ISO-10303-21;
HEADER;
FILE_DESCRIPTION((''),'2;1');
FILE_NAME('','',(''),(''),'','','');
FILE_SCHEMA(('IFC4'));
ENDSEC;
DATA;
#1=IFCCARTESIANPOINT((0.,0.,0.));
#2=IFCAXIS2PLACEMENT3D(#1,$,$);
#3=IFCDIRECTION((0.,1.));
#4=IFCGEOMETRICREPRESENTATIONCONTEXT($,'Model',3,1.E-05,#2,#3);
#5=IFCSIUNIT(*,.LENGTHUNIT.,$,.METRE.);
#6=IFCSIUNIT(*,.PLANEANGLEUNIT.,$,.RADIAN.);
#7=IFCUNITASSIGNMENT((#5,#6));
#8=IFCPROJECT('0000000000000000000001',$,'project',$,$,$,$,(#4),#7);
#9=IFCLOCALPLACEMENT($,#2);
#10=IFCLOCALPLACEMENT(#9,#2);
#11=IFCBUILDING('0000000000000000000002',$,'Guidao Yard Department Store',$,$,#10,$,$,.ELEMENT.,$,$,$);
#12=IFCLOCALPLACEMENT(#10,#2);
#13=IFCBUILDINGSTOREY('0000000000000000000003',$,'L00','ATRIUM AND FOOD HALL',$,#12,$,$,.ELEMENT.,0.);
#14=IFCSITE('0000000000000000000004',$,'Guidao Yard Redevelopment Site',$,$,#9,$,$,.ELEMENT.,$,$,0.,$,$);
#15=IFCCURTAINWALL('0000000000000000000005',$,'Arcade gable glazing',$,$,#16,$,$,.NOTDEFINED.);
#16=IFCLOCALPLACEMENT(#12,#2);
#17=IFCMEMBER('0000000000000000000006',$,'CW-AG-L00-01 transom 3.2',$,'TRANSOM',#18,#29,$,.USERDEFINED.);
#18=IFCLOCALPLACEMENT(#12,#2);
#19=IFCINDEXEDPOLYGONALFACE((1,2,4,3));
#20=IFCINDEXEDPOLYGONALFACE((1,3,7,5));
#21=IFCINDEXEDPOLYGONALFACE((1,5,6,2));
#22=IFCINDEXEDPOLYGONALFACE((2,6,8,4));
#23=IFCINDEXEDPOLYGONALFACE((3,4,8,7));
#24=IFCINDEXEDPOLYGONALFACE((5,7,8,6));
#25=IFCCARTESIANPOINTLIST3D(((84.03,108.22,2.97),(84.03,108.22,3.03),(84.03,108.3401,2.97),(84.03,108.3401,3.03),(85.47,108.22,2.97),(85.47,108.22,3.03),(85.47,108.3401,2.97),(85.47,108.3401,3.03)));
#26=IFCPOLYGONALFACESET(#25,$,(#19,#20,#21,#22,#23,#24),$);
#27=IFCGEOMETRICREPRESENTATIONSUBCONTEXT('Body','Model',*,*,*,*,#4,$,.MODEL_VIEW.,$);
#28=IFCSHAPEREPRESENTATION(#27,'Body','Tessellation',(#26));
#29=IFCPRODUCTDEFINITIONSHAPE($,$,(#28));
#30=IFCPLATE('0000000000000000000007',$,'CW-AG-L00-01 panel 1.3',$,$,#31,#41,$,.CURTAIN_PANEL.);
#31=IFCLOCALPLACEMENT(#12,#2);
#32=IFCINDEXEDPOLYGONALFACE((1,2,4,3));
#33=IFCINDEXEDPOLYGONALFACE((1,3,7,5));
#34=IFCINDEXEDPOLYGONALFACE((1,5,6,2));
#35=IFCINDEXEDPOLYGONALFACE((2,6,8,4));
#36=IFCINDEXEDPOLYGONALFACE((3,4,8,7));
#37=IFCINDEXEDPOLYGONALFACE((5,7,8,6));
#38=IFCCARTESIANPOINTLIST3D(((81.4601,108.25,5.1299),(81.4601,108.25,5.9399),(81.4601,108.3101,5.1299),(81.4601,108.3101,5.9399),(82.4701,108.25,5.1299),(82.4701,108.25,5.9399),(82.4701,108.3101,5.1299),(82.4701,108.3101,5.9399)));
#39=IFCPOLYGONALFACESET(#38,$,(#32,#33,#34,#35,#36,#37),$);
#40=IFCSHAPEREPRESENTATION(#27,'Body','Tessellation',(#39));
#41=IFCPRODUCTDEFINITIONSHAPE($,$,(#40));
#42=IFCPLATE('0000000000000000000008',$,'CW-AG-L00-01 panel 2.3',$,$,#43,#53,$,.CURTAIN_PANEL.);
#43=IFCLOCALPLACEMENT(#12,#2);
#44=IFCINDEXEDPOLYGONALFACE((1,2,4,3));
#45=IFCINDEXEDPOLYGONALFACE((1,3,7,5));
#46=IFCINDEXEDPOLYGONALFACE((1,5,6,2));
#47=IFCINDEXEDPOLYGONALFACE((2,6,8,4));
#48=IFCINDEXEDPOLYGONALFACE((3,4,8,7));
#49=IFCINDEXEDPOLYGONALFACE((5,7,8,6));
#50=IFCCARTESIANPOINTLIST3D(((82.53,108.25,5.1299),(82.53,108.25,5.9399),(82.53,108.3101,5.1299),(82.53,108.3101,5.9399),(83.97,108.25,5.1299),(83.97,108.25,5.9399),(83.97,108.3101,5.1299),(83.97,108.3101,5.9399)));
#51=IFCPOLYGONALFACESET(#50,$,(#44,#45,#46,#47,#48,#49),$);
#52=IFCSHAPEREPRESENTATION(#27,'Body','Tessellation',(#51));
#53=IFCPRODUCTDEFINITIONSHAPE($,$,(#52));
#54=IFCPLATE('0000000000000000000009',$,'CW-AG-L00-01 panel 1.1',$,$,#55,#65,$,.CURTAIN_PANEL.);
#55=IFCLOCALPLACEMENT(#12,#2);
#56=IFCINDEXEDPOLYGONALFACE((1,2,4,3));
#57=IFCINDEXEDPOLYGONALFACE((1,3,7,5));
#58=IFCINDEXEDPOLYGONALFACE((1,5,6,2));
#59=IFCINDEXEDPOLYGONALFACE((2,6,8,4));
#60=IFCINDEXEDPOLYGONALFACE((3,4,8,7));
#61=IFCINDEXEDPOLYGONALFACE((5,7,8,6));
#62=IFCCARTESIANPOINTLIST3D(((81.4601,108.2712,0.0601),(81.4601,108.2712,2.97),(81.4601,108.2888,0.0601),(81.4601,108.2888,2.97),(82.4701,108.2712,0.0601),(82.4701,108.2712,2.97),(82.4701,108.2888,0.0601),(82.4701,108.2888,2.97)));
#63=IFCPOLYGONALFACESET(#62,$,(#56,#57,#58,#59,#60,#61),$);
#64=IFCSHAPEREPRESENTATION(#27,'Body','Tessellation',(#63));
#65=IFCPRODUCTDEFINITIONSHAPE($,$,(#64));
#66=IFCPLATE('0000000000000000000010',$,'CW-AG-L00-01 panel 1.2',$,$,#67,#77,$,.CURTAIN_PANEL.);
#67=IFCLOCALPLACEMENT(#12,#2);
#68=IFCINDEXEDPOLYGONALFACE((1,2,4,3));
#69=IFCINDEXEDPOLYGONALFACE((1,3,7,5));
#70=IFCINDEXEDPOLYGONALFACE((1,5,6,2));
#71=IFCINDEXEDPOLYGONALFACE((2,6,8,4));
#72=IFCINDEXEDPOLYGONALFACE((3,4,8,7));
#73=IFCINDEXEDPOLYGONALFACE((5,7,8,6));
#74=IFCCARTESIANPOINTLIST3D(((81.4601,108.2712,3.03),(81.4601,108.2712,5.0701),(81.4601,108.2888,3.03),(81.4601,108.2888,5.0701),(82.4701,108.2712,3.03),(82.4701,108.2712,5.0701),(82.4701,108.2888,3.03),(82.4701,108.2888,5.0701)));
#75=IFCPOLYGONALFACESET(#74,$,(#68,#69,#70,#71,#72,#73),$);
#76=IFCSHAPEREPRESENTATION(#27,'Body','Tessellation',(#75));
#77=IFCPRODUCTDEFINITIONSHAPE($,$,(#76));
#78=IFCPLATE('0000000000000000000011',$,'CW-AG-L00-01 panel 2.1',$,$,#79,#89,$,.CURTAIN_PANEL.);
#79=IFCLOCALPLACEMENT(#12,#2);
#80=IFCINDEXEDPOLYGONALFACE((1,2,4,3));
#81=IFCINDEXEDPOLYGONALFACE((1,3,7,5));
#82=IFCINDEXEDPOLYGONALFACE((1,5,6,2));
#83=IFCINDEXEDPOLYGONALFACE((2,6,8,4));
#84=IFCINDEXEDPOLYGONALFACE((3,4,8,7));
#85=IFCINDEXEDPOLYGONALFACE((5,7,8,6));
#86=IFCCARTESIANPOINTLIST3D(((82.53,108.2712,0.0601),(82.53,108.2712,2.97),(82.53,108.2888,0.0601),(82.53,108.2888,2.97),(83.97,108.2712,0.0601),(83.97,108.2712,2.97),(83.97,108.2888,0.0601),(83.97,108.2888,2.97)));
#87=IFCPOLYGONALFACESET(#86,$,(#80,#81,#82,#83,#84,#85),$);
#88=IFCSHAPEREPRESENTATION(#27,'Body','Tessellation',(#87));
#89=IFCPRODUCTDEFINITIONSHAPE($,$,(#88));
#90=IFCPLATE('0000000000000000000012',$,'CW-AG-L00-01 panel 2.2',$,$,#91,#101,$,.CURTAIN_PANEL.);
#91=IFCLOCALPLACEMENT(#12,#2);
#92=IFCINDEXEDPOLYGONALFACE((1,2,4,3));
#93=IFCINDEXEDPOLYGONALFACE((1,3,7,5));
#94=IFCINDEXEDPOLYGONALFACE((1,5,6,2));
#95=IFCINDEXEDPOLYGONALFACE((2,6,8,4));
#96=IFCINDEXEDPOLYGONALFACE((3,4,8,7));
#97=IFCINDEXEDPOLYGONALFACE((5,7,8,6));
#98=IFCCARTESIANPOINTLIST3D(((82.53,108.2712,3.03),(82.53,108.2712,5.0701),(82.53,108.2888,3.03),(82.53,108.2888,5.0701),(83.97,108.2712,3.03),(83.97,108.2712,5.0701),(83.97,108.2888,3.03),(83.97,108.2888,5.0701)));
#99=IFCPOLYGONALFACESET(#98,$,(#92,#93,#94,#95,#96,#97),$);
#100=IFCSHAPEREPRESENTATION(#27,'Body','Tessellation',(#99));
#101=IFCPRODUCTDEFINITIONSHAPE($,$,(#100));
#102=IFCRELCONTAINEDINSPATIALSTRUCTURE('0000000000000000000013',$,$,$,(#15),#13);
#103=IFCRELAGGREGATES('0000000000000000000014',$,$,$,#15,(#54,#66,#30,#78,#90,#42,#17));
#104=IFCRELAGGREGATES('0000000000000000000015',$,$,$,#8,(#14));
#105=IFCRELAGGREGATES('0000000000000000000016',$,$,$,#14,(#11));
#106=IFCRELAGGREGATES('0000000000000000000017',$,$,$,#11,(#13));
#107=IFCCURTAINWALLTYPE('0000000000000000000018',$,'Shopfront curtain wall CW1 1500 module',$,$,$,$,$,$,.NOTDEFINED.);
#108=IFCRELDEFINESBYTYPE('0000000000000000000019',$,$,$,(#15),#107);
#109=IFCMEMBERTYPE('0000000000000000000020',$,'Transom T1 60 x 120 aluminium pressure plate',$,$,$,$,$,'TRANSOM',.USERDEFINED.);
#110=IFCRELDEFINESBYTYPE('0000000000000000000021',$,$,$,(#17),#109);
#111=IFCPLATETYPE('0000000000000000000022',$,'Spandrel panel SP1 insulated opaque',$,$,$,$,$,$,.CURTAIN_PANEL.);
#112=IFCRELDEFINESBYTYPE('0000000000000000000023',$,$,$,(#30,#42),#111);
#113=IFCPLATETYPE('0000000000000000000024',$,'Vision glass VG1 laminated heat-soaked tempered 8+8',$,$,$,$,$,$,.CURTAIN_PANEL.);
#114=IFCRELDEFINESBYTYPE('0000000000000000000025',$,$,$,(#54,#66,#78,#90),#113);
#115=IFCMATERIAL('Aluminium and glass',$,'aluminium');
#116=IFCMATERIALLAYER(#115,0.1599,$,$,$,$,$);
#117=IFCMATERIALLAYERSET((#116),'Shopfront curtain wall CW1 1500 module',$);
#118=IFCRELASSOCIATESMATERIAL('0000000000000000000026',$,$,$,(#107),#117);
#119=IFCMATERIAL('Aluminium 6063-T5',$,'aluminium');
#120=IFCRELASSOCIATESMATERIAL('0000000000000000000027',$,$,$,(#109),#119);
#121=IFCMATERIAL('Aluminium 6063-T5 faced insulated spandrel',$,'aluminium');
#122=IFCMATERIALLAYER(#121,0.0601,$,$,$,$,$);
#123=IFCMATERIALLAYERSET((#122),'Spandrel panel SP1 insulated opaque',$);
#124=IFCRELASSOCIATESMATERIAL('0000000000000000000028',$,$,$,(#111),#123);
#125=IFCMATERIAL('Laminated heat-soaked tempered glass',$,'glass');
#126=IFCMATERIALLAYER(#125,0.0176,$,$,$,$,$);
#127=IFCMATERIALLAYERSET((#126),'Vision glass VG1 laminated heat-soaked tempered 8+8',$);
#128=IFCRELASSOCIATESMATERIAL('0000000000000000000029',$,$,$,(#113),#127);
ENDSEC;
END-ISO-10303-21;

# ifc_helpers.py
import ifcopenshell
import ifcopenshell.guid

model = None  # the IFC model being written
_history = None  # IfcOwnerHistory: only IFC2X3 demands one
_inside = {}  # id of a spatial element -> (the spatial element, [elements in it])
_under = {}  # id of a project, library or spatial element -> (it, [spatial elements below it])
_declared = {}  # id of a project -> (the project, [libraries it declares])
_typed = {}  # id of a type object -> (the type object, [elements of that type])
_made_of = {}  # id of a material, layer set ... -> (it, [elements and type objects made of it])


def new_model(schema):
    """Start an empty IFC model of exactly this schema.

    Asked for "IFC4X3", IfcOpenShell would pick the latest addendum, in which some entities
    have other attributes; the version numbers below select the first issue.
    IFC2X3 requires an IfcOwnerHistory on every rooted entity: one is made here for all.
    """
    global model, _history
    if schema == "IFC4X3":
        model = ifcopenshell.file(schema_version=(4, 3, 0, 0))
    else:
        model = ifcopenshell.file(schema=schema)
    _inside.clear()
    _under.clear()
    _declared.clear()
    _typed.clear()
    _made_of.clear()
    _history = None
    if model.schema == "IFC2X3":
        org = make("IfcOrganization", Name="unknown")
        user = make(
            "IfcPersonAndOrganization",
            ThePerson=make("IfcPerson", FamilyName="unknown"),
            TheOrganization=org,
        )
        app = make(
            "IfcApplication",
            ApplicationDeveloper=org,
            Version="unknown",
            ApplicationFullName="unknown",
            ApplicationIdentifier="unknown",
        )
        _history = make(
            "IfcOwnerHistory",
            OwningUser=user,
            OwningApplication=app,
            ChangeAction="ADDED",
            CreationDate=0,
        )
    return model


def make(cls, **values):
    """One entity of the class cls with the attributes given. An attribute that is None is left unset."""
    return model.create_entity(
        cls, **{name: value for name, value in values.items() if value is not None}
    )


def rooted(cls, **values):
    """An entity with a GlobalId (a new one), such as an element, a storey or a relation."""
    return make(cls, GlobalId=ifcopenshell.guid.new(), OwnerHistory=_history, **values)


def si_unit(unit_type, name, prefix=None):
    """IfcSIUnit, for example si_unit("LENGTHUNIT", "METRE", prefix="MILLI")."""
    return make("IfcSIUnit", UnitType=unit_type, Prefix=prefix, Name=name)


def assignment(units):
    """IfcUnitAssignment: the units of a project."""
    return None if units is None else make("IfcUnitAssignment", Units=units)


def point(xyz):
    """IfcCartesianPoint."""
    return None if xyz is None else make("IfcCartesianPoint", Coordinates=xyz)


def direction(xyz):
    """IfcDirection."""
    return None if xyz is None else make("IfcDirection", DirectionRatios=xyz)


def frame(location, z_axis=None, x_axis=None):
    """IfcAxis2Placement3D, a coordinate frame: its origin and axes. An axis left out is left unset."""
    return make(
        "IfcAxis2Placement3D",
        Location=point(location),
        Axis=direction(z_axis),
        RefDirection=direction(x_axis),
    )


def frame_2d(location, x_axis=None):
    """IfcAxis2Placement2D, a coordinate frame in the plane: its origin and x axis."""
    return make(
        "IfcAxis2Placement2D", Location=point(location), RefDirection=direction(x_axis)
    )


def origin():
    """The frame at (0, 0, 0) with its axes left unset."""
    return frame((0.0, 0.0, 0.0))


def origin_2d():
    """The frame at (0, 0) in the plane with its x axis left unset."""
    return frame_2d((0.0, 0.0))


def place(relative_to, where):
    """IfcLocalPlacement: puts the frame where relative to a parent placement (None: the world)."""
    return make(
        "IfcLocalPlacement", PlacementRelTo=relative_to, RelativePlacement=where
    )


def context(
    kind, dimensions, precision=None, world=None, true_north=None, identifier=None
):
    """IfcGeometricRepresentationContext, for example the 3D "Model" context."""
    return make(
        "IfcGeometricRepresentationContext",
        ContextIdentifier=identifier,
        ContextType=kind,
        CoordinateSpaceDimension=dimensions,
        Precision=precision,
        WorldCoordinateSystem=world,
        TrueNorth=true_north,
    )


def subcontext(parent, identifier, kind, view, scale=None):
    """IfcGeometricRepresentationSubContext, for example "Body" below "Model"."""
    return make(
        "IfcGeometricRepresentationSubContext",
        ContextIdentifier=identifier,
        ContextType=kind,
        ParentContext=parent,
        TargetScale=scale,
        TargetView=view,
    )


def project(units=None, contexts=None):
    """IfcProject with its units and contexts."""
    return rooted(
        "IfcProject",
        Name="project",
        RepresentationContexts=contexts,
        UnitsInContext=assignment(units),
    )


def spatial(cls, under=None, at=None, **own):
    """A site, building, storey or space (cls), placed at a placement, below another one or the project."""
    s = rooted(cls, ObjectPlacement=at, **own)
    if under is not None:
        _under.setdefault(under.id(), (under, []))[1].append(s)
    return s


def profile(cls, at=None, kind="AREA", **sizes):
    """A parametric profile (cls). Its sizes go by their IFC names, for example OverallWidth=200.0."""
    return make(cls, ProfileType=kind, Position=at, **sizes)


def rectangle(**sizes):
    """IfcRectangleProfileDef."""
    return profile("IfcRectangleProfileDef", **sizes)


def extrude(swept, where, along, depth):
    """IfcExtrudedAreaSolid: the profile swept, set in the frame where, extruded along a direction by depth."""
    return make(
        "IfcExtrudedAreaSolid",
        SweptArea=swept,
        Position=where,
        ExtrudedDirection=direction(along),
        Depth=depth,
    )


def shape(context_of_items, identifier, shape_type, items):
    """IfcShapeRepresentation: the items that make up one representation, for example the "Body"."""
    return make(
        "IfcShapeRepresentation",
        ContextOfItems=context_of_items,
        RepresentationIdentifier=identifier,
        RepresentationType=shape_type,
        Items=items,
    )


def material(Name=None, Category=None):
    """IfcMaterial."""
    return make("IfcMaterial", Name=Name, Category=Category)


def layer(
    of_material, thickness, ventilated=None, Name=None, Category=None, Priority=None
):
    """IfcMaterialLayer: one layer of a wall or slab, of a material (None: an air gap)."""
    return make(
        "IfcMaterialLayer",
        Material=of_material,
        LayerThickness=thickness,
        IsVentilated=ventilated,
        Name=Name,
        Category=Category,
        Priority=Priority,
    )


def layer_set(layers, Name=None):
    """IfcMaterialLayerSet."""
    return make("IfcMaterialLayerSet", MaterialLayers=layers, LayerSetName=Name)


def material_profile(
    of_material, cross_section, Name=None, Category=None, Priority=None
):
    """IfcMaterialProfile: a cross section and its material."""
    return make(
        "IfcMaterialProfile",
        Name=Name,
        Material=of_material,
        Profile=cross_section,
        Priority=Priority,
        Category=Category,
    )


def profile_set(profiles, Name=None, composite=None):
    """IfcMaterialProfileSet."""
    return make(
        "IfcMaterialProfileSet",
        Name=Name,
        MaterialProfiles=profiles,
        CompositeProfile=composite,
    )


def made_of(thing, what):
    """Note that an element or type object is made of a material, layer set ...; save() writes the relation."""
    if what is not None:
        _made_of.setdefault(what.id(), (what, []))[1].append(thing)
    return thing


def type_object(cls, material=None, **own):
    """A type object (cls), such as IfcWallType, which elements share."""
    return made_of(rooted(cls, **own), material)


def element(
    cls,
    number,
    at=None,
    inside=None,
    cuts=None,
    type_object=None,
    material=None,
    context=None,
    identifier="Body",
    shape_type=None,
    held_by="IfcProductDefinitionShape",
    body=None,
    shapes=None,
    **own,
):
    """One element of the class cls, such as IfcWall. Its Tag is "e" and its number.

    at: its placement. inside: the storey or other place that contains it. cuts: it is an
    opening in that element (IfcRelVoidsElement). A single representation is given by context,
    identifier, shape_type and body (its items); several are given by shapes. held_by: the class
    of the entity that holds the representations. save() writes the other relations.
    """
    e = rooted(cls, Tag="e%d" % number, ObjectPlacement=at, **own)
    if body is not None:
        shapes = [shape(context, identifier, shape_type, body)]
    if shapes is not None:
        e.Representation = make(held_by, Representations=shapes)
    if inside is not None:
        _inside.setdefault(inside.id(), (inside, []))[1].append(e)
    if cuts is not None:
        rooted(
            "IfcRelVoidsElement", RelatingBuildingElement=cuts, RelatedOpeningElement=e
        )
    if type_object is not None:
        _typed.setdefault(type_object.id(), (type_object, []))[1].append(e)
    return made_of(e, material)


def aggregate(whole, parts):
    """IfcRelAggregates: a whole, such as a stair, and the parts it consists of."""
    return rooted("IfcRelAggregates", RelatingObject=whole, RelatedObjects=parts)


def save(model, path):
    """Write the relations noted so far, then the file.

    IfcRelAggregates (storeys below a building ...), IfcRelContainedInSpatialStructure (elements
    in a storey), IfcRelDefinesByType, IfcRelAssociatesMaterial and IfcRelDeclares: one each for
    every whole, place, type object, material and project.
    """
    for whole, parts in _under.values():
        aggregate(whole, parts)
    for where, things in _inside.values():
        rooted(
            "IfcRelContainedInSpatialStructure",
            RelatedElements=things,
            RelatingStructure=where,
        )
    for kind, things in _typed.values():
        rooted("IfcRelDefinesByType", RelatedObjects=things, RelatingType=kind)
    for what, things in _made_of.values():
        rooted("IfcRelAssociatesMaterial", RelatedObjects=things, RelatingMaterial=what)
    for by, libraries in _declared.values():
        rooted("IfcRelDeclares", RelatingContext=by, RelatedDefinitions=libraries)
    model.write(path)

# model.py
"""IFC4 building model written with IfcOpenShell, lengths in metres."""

from ifc_helpers import new_model, si_unit, direction, frame, origin, origin_2d, place, context, subcontext, project, spatial, rectangle, extrude, material, layer, layer_set, material_profile, profile_set, type_object, element, aggregate, save


model = new_model("IFC4")

# Units and contexts
model_context = context("Model", 3, precision=1e-05, world=origin(), true_north=direction((0.0, 1.0)))
body_context = subcontext(model_context, "Body", "Model", "MODEL_VIEW")
ifc_project = project(units=[si_unit("LENGTHUNIT", "METRE"), si_unit("PLANEANGLEUNIT", "RADIAN")], contexts=[model_context])

# Site, building, storey
site_placement = place(None, origin())
site = spatial("IfcSite", under=ifc_project, at=site_placement, Name="Guidao Yard Redevelopment Site", CompositionType="ELEMENT", RefElevation=0.0)
building_placement = place(site_placement, origin())
building = spatial("IfcBuilding", under=site, at=building_placement, Name="Guidao Yard Department Store", CompositionType="ELEMENT")
storey_placement = place(building_placement, origin())
storey = spatial("IfcBuildingStorey", under=building, at=storey_placement, Name="L00", Description="ATRIUM AND FOOD HALL", CompositionType="ELEMENT", Elevation=0.0)

# Curtain wall
ifc_material_1 = material(Name="Aluminium and glass", Category="aluminium")
ifc_layer_1 = layer(ifc_material_1, 0.1599)
ifc_layer_set_1 = layer_set([ifc_layer_1], Name="Shopfront curtain wall CW1 1500 module")
curtain_wall_type = type_object("IfcCurtainWallType", Name="Shopfront curtain wall CW1 1500 module", PredefinedType="NOTDEFINED", material=ifc_layer_set_1)
curtain_wall_placement = place(storey_placement, origin())
curtain_wall = element("IfcCurtainWall", 1, at=curtain_wall_placement, inside=storey, type_object=curtain_wall_type, Name="Arcade gable glazing", PredefinedType="NOTDEFINED")

# Member
ifc_material_2 = material(Name="Aluminium 6063-T5", Category="aluminium")
ifc_material_profile_1 = material_profile(ifc_material_2, rectangle(XDim=0.1201, YDim=0.0601, at=origin_2d()), Name="Transom T1 60 x 120 aluminium pressure plate")
ifc_profile_set_1 = profile_set([ifc_material_profile_1], Name="Aluminium 6063-T5")
member_type_1 = type_object("IfcMemberType", Name="Transom T1 60 x 120 aluminium pressure plate", ElementType="TRANSOM", PredefinedType="USERDEFINED", material=ifc_profile_set_1)
member_1_placement = place(storey_placement, frame((84.03, 108.28, 3.0), z_axis=(1.0, 0.0, 0.0), x_axis=(0.0, 1.0, 0.0)))
member_1 = element("IfcMember", 2, at=member_1_placement, type_object=member_type_1, Name="CW-AG-L00-01 transom 3.2", ObjectType="TRANSOM", PredefinedType="USERDEFINED", context=body_context, shape_type="SweptSolid", body=[
    extrude(rectangle(XDim=0.1201, YDim=0.0601, at=origin_2d()), origin(), (0.0, 0.0, 1.0), 1.4399),
])

# Plates
ifc_material_3 = material(Name="Aluminium 6063-T5 faced insulated spandrel", Category="aluminium")
ifc_layer_2 = layer(ifc_material_3, 0.0601)
ifc_layer_set_2 = layer_set([ifc_layer_2], Name="Spandrel panel SP1 insulated opaque")
plate_type_1 = type_object("IfcPlateType", Name="Spandrel panel SP1 insulated opaque", PredefinedType="CURTAIN_PANEL", material=ifc_layer_set_2)
plate_1_placement = place(storey_placement, frame((81.9651, 108.28, 5.1299), z_axis=(0.0, 0.0, 1.0), x_axis=(1.0, 0.0, 0.0)))
plate_1 = element("IfcPlate", 3, at=plate_1_placement, type_object=plate_type_1, Name="CW-AG-L00-01 panel 1.3", PredefinedType="CURTAIN_PANEL", context=body_context, shape_type="SweptSolid", body=[
    extrude(rectangle(XDim=1.01, YDim=0.0601, at=origin_2d()), origin(), (0.0, 0.0, 1.0), 0.8101),
])
plate_2_placement = place(storey_placement, frame((83.25, 108.28, 5.1299), z_axis=(0.0, 0.0, 1.0), x_axis=(1.0, 0.0, 0.0)))
plate_2 = element("IfcPlate", 4, at=plate_2_placement, type_object=plate_type_1, Name="CW-AG-L00-01 panel 2.3", PredefinedType="CURTAIN_PANEL", context=body_context, shape_type="SweptSolid", body=[
    extrude(rectangle(XDim=1.4399, YDim=0.0601, at=origin_2d()), origin(), (0.0, 0.0, 1.0), 0.8101),
])
ifc_material_4 = material(Name="Laminated heat-soaked tempered glass", Category="glass")
ifc_layer_3 = layer(ifc_material_4, 0.0176)
ifc_layer_set_3 = layer_set([ifc_layer_3], Name="Vision glass VG1 laminated heat-soaked tempered 8+8")
plate_type_2 = type_object("IfcPlateType", Name="Vision glass VG1 laminated heat-soaked tempered 8+8", PredefinedType="CURTAIN_PANEL", material=ifc_layer_set_3)
plate_3_placement = place(storey_placement, frame((81.9651, 108.28, 0.0601), z_axis=(0.0, 0.0, 1.0), x_axis=(1.0, 0.0, 0.0)))
plate_3 = element("IfcPlate", 5, at=plate_3_placement, type_object=plate_type_2, Name="CW-AG-L00-01 panel 1.1", PredefinedType="CURTAIN_PANEL", context=body_context, shape_type="SweptSolid", body=[
    extrude(rectangle(XDim=1.01, YDim=0.0176, at=origin_2d()), origin(), (0.0, 0.0, 1.0), 2.9099),
])
plate_4_placement = place(storey_placement, frame((81.9651, 108.28, 3.03), z_axis=(0.0, 0.0, 1.0), x_axis=(1.0, 0.0, 0.0)))
plate_4 = element("IfcPlate", 6, at=plate_4_placement, type_object=plate_type_2, Name="CW-AG-L00-01 panel 1.2", PredefinedType="CURTAIN_PANEL", context=body_context, shape_type="SweptSolid", body=[
    extrude(rectangle(XDim=1.01, YDim=0.0176, at=origin_2d()), origin(), (0.0, 0.0, 1.0), 2.04),
])
plate_5_placement = place(storey_placement, frame((83.25, 108.28, 0.0601), z_axis=(0.0, 0.0, 1.0), x_axis=(1.0, 0.0, 0.0)))
plate_5 = element("IfcPlate", 7, at=plate_5_placement, type_object=plate_type_2, Name="CW-AG-L00-01 panel 2.1", PredefinedType="CURTAIN_PANEL", context=body_context, shape_type="SweptSolid", body=[
    extrude(rectangle(XDim=1.4399, YDim=0.0176, at=origin_2d()), origin(), (0.0, 0.0, 1.0), 2.9099),
])
plate_6_placement = place(storey_placement, frame((83.25, 108.28, 3.03), z_axis=(0.0, 0.0, 1.0), x_axis=(1.0, 0.0, 0.0)))
plate_6 = element("IfcPlate", 8, at=plate_6_placement, type_object=plate_type_2, Name="CW-AG-L00-01 panel 2.2", PredefinedType="CURTAIN_PANEL", context=body_context, shape_type="SweptSolid", body=[
    extrude(rectangle(XDim=1.4399, YDim=0.0176, at=origin_2d()), origin(), (0.0, 0.0, 1.0), 2.04),
])
aggregate(curtain_wall, [plate_3, plate_4, plate_1, plate_5, plate_6, plate_2, member_1])

save(model, "model.ifc")
